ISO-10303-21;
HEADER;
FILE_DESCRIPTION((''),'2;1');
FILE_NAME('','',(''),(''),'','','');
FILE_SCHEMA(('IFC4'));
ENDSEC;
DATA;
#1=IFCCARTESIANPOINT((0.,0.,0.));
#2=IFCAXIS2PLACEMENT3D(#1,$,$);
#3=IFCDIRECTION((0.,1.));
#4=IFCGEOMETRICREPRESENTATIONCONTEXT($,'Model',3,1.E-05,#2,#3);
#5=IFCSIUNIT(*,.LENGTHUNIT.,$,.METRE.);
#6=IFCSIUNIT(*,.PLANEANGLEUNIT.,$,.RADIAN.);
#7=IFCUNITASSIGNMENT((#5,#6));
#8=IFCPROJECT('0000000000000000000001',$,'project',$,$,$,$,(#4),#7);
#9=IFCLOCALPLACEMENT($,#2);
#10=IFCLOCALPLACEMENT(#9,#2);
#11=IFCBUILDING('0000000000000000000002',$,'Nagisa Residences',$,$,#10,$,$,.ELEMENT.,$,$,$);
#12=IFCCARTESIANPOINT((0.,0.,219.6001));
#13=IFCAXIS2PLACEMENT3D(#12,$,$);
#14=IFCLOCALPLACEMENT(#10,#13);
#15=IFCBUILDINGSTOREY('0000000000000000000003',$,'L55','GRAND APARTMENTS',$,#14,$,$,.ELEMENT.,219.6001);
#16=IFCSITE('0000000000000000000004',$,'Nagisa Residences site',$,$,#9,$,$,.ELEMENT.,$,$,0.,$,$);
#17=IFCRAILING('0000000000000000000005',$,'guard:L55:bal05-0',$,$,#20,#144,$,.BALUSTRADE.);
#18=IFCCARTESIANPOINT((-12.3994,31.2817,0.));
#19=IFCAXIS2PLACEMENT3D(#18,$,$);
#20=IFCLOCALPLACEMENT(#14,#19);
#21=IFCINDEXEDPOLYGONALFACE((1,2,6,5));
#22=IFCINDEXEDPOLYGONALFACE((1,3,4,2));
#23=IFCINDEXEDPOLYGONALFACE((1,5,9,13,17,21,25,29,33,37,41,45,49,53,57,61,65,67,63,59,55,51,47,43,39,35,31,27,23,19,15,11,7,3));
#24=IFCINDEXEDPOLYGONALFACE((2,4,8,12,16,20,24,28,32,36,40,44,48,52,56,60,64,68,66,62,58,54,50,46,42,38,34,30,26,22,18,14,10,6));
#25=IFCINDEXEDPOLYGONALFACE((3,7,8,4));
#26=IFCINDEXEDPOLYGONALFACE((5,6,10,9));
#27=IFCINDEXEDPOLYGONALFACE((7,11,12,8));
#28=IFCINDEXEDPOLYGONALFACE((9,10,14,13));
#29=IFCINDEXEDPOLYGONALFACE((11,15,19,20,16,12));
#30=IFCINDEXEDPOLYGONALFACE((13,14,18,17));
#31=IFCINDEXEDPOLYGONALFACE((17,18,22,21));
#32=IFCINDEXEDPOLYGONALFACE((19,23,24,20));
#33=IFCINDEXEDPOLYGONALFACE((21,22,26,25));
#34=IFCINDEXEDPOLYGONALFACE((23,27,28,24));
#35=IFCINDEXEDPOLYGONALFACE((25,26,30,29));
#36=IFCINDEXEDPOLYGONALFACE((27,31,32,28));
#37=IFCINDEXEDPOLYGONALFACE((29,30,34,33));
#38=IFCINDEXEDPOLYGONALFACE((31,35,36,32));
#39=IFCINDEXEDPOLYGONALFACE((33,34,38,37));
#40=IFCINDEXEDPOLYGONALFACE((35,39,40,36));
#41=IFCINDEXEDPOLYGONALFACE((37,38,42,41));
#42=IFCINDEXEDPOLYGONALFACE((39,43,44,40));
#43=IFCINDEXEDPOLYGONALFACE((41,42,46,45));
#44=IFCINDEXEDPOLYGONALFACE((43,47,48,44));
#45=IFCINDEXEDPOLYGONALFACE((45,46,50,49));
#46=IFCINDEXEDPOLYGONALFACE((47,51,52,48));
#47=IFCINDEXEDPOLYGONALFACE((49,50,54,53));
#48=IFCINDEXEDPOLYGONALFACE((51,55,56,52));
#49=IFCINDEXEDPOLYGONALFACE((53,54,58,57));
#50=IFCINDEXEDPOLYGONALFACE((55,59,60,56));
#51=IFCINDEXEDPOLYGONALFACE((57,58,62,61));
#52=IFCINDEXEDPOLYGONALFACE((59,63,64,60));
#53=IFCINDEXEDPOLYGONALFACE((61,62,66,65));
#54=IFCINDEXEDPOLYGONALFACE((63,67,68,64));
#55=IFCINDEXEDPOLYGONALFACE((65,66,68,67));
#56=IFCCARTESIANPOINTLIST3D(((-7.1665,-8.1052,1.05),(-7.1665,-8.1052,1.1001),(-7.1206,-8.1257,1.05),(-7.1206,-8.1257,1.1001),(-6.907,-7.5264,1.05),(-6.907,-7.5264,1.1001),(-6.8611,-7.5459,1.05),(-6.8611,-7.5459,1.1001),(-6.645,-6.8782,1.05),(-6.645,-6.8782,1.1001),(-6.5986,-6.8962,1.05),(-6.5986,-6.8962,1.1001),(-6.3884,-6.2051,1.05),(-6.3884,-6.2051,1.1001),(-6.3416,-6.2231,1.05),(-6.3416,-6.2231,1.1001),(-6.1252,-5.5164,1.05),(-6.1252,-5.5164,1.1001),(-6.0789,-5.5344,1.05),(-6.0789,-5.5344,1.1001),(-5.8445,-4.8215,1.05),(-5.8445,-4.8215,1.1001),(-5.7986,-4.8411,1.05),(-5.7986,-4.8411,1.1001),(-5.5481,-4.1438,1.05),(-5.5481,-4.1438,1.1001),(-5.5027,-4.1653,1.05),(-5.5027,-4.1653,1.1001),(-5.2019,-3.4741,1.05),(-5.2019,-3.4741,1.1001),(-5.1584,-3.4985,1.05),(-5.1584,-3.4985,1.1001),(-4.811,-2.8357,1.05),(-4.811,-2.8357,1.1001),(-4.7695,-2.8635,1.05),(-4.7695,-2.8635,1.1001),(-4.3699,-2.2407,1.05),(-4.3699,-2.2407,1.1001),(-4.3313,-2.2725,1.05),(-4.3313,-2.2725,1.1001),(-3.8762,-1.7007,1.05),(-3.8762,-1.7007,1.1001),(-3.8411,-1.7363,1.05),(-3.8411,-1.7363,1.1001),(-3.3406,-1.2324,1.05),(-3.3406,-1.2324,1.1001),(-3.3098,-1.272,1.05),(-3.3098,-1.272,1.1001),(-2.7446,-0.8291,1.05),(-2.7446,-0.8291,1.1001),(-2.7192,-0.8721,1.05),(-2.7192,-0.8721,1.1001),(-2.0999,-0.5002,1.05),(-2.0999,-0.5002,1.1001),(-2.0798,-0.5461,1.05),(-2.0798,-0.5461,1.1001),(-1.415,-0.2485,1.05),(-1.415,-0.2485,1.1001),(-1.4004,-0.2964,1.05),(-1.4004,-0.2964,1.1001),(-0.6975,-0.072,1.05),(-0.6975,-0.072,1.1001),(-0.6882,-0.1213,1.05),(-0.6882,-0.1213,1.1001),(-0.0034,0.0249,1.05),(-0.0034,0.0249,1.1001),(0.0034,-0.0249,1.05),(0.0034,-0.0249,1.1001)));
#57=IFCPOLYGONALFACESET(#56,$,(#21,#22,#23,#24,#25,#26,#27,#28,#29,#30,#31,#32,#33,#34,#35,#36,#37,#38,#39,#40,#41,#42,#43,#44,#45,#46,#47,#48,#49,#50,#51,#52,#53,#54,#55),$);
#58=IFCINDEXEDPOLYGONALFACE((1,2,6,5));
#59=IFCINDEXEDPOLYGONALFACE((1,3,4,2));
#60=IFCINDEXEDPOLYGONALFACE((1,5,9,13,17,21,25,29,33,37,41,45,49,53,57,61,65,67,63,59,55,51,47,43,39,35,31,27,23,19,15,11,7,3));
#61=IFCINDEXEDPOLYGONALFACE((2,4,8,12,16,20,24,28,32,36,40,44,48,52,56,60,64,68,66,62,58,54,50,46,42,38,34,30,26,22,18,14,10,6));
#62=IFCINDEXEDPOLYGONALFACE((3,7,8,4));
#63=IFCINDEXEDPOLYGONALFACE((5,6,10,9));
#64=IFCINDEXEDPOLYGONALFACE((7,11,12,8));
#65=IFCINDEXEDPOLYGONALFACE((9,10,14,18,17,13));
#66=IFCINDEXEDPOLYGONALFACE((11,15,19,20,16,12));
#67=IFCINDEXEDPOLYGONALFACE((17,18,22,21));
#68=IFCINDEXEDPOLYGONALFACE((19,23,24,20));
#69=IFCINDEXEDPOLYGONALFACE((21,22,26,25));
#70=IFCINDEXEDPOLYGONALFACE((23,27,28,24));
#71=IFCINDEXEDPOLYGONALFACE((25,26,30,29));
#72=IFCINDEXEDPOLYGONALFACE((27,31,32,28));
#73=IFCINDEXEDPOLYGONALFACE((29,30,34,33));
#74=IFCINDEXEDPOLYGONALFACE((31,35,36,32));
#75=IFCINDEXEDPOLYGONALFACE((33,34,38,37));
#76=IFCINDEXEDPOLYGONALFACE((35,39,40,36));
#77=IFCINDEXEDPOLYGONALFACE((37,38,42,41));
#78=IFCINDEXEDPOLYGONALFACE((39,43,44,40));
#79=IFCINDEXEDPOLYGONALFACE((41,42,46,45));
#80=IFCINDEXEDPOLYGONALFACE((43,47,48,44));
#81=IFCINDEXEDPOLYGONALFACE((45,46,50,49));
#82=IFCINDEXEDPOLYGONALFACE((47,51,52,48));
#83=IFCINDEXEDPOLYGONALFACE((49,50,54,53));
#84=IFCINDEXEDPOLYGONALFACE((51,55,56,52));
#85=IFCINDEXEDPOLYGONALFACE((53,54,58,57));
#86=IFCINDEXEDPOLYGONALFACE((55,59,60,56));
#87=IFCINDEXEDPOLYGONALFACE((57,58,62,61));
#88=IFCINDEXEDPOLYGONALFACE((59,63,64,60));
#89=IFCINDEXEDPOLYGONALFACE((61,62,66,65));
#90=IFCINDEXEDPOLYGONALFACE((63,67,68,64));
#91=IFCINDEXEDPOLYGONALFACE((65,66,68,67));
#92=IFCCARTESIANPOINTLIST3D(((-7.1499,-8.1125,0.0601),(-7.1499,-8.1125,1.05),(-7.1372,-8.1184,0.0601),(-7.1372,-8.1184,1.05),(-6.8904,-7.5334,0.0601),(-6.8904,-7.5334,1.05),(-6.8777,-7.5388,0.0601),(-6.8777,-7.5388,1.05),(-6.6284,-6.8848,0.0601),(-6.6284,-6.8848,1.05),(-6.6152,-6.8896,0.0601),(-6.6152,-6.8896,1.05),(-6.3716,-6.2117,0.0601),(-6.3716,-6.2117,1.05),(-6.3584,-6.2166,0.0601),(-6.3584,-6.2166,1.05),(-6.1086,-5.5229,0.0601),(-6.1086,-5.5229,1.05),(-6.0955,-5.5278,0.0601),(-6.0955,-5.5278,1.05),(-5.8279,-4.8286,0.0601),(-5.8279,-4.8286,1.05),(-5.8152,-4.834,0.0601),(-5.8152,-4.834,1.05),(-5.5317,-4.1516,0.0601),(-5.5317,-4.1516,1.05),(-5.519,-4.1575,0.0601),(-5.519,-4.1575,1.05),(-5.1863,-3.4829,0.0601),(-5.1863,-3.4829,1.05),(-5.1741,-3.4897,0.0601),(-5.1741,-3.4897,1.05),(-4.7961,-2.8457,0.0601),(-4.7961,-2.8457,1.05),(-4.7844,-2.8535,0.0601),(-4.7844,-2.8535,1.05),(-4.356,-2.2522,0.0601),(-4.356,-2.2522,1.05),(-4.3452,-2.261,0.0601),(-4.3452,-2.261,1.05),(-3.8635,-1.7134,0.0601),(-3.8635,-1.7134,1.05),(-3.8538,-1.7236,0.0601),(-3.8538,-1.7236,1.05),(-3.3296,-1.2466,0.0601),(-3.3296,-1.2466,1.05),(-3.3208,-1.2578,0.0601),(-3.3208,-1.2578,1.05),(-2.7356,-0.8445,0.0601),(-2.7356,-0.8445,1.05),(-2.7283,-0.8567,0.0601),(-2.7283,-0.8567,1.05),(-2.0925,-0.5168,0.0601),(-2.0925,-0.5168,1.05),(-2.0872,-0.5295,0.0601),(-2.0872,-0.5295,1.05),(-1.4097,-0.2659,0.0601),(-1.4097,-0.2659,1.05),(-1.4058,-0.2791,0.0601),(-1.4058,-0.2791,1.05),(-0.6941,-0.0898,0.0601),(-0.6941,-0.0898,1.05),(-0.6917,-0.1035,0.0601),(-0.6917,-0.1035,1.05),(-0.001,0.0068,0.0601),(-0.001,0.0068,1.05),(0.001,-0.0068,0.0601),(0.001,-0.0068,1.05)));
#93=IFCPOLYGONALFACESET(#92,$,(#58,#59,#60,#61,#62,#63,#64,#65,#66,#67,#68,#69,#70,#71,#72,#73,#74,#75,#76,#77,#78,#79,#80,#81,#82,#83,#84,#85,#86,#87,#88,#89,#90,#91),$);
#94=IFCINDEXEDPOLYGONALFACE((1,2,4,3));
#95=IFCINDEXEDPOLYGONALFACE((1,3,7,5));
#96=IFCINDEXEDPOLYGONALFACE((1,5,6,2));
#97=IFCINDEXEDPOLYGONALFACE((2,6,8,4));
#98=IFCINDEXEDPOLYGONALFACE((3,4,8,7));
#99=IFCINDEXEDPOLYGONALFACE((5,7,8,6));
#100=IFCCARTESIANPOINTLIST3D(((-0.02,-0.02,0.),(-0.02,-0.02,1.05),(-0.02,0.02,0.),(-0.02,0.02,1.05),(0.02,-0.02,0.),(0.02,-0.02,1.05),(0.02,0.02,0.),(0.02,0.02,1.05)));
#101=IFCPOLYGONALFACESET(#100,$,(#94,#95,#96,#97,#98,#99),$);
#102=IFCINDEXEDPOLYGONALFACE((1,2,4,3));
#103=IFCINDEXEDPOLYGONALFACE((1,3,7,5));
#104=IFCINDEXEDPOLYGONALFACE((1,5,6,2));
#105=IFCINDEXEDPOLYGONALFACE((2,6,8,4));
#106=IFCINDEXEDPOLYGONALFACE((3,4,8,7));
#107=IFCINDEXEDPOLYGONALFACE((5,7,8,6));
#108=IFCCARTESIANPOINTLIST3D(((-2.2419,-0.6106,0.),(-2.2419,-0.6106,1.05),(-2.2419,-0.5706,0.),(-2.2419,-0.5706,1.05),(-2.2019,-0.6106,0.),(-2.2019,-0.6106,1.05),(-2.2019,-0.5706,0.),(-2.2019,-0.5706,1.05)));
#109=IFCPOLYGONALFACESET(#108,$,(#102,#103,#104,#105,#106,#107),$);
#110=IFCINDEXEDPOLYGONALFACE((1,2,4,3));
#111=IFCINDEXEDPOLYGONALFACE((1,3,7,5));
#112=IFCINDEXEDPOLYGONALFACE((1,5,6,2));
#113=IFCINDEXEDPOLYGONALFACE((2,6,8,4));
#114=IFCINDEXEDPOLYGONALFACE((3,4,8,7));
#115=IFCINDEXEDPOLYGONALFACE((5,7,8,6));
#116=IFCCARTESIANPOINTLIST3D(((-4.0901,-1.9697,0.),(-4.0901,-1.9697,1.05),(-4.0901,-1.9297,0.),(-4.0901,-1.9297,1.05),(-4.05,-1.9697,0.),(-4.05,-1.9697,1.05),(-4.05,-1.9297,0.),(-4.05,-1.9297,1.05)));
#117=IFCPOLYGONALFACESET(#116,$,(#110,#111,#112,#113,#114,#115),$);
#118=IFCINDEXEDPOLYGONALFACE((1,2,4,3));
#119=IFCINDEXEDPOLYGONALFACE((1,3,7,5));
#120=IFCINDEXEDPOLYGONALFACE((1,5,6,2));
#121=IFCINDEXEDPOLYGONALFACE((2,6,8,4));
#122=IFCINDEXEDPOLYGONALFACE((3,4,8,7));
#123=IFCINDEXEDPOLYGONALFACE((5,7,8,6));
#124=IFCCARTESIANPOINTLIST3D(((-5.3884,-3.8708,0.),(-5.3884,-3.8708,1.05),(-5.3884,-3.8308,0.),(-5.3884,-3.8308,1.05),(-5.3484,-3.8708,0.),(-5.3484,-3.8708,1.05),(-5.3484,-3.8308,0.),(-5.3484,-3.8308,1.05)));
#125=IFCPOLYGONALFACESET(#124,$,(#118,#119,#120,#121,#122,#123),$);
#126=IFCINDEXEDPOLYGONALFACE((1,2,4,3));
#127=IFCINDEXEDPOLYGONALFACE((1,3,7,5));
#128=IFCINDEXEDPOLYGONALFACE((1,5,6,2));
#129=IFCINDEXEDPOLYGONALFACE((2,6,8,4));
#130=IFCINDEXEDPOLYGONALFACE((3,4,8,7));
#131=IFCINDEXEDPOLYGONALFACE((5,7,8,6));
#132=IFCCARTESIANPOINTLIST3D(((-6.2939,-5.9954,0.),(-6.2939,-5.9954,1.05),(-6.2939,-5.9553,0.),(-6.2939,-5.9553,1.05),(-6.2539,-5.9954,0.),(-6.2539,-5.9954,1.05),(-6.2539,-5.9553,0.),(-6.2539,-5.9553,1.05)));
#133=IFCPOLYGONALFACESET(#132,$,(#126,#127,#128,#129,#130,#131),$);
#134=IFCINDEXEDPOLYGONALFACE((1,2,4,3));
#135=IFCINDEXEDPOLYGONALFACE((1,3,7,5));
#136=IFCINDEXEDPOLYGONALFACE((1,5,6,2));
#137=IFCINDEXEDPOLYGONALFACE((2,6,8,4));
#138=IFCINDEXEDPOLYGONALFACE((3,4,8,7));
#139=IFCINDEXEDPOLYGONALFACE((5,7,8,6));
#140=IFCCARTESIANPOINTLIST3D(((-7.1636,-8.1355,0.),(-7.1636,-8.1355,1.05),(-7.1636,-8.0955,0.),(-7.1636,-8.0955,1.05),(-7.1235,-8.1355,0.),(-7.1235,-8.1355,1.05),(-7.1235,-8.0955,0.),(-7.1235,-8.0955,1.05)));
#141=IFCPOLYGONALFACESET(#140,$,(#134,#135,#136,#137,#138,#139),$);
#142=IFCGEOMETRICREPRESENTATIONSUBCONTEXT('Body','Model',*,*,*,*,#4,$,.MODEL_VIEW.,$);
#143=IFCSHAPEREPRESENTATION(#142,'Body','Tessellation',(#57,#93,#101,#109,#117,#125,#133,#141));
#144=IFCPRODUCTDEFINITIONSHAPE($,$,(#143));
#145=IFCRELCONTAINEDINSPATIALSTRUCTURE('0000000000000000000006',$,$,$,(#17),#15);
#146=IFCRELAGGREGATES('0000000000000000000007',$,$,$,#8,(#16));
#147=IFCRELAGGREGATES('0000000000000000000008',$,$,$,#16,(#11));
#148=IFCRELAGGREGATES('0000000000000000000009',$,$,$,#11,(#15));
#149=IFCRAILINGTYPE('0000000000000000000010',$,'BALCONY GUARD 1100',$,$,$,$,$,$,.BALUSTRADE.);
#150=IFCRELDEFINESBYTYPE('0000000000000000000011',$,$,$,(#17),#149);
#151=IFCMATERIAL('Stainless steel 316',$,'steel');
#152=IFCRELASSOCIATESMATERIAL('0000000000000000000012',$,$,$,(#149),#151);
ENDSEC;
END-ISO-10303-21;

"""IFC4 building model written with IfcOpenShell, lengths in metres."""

from ifc_helpers import new_model, si_unit, direction, frame, origin, origin_2d, place, context, subcontext, project, spatial, polyline, rectangle, outline, extrude, material, type_object, element, save


model = new_model("IFC4")

# Units and contexts
model_context = context("Model", 3, precision=1e-05, world=origin(), true_north=direction((0.0, 1.0)))
body_context = subcontext(model_context, "Body", "Model", "MODEL_VIEW")
ifc_project = project(units=[si_unit("LENGTHUNIT", "METRE"), si_unit("PLANEANGLEUNIT", "RADIAN")], contexts=[model_context])

# Site, building, storey
site_placement = place(None, origin())
site = spatial("IfcSite", under=ifc_project, at=site_placement, Name="Nagisa Residences site", CompositionType="ELEMENT", RefElevation=0.0)
building_placement = place(site_placement, origin())
building = spatial("IfcBuilding", under=site, at=building_placement, Name="Nagisa Residences", CompositionType="ELEMENT")
storey_placement = place(building_placement, frame((0.0, 0.0, 219.6001)))
storey = spatial("IfcBuildingStorey", under=building, at=storey_placement, Name="L55", Description="GRAND APARTMENTS", CompositionType="ELEMENT", Elevation=219.6001)

# Railing
ifc_material_1 = material(Name="Stainless steel 316", Category="steel")
railing_type = type_object("IfcRailingType", Name="BALCONY GUARD 1100", PredefinedType="BALUSTRADE", material=ifc_material_1)
railing_1_placement = place(storey_placement, frame((-12.3994, 31.2817, 0.0)))
element("IfcRailing", 1, at=railing_1_placement, inside=storey, type_object=railing_type, Name="guard:L55:bal05-0", PredefinedType="BALUSTRADE", context=body_context, shape_type="SweptSolid", body=[
    extrude(outline(polyline([(-0.6882, -0.1213), (0.0034, -0.0249), (-0.0034, 0.0249), (-0.6975, -0.072), (-1.415, -0.2485), (-2.0999, -0.5002), (-2.7446, -0.8291), (-3.3406, -1.2324), (-3.8762, -1.7007), (-4.3699, -2.2407), (-4.811, -2.8357), (-5.2019, -3.4741), (-5.5481, -4.1438), (-5.8445, -4.8215), (-6.1252, -5.5164), (-6.3884, -6.2051), (-6.645, -6.8782), (-6.907, -7.5264), (-7.1665, -8.1052), (-7.1206, -8.1257), (-6.8611, -7.5459), (-6.5986, -6.8962), (-6.3416, -6.2231), (-6.0789, -5.5344), (-5.7986, -4.8411), (-5.5027, -4.1653), (-5.1584, -3.4985), (-4.7695, -2.8635), (-4.3313, -2.2725), (-3.8411, -1.7363), (-3.3098, -1.272), (-2.7192, -0.8721), (-2.0798, -0.5461), (-1.4004, -0.2964), (-0.6882, -0.1213)])), frame((0.0, 0.0, 1.05)), (0.0, 0.0, 1.0), 0.05),
    extrude(outline(polyline([(-0.6917, -0.1035), (0.001, -0.0068), (-0.001, 0.0068), (-0.6941, -0.0898), (-1.4097, -0.2659), (-2.0925, -0.5168), (-2.7356, -0.8445), (-3.3296, -1.2466), (-3.8635, -1.7134), (-4.356, -2.2522), (-4.7961, -2.8457), (-5.1863, -3.4829), (-5.5317, -4.1516), (-5.8279, -4.8286), (-6.1086, -5.5229), (-6.3716, -6.2117), (-6.6284, -6.8848), (-6.8904, -7.5334), (-7.1499, -8.1125), (-7.1372, -8.1184), (-6.8777, -7.5388), (-6.6152, -6.8896), (-6.3584, -6.2166), (-6.0955, -5.5278), (-5.8152, -4.834), (-5.519, -4.1575), (-5.1741, -3.4897), (-4.7844, -2.8535), (-4.3452, -2.261), (-3.8538, -1.7236), (-3.3208, -1.2578), (-2.7283, -0.8567), (-2.0872, -0.5295), (-1.4058, -0.2791), (-0.6917, -0.1035)])), frame((0.0, 0.0, 0.0601)), (0.0, 0.0, 1.0), 0.99),
    extrude(rectangle(XDim=0.04, YDim=0.04, at=origin_2d()), origin(), (0.0, 0.0, 1.0), 1.05),
    extrude(rectangle(XDim=0.04, YDim=0.04, at=origin_2d()), frame((-2.2219, -0.5906, 0.0)), (0.0, 0.0, 1.0), 1.05),
    extrude(rectangle(XDim=0.04, YDim=0.04, at=origin_2d()), frame((-4.0701, -1.9497, 0.0)), (0.0, 0.0, 1.0), 1.05),
    extrude(rectangle(XDim=0.04, YDim=0.04, at=origin_2d()), frame((-5.3684, -3.8508, 0.0)), (0.0, 0.0, 1.0), 1.05),
    extrude(rectangle(XDim=0.04, YDim=0.04, at=origin_2d()), frame((-6.2739, -5.9753, 0.0)), (0.0, 0.0, 1.0), 1.05),
    extrude(rectangle(XDim=0.04, YDim=0.04, at=origin_2d()), frame((-7.1436, -8.1155, 0.0)), (0.0, 0.0, 1.0), 1.05),
])

save(model, "model.ifc")
